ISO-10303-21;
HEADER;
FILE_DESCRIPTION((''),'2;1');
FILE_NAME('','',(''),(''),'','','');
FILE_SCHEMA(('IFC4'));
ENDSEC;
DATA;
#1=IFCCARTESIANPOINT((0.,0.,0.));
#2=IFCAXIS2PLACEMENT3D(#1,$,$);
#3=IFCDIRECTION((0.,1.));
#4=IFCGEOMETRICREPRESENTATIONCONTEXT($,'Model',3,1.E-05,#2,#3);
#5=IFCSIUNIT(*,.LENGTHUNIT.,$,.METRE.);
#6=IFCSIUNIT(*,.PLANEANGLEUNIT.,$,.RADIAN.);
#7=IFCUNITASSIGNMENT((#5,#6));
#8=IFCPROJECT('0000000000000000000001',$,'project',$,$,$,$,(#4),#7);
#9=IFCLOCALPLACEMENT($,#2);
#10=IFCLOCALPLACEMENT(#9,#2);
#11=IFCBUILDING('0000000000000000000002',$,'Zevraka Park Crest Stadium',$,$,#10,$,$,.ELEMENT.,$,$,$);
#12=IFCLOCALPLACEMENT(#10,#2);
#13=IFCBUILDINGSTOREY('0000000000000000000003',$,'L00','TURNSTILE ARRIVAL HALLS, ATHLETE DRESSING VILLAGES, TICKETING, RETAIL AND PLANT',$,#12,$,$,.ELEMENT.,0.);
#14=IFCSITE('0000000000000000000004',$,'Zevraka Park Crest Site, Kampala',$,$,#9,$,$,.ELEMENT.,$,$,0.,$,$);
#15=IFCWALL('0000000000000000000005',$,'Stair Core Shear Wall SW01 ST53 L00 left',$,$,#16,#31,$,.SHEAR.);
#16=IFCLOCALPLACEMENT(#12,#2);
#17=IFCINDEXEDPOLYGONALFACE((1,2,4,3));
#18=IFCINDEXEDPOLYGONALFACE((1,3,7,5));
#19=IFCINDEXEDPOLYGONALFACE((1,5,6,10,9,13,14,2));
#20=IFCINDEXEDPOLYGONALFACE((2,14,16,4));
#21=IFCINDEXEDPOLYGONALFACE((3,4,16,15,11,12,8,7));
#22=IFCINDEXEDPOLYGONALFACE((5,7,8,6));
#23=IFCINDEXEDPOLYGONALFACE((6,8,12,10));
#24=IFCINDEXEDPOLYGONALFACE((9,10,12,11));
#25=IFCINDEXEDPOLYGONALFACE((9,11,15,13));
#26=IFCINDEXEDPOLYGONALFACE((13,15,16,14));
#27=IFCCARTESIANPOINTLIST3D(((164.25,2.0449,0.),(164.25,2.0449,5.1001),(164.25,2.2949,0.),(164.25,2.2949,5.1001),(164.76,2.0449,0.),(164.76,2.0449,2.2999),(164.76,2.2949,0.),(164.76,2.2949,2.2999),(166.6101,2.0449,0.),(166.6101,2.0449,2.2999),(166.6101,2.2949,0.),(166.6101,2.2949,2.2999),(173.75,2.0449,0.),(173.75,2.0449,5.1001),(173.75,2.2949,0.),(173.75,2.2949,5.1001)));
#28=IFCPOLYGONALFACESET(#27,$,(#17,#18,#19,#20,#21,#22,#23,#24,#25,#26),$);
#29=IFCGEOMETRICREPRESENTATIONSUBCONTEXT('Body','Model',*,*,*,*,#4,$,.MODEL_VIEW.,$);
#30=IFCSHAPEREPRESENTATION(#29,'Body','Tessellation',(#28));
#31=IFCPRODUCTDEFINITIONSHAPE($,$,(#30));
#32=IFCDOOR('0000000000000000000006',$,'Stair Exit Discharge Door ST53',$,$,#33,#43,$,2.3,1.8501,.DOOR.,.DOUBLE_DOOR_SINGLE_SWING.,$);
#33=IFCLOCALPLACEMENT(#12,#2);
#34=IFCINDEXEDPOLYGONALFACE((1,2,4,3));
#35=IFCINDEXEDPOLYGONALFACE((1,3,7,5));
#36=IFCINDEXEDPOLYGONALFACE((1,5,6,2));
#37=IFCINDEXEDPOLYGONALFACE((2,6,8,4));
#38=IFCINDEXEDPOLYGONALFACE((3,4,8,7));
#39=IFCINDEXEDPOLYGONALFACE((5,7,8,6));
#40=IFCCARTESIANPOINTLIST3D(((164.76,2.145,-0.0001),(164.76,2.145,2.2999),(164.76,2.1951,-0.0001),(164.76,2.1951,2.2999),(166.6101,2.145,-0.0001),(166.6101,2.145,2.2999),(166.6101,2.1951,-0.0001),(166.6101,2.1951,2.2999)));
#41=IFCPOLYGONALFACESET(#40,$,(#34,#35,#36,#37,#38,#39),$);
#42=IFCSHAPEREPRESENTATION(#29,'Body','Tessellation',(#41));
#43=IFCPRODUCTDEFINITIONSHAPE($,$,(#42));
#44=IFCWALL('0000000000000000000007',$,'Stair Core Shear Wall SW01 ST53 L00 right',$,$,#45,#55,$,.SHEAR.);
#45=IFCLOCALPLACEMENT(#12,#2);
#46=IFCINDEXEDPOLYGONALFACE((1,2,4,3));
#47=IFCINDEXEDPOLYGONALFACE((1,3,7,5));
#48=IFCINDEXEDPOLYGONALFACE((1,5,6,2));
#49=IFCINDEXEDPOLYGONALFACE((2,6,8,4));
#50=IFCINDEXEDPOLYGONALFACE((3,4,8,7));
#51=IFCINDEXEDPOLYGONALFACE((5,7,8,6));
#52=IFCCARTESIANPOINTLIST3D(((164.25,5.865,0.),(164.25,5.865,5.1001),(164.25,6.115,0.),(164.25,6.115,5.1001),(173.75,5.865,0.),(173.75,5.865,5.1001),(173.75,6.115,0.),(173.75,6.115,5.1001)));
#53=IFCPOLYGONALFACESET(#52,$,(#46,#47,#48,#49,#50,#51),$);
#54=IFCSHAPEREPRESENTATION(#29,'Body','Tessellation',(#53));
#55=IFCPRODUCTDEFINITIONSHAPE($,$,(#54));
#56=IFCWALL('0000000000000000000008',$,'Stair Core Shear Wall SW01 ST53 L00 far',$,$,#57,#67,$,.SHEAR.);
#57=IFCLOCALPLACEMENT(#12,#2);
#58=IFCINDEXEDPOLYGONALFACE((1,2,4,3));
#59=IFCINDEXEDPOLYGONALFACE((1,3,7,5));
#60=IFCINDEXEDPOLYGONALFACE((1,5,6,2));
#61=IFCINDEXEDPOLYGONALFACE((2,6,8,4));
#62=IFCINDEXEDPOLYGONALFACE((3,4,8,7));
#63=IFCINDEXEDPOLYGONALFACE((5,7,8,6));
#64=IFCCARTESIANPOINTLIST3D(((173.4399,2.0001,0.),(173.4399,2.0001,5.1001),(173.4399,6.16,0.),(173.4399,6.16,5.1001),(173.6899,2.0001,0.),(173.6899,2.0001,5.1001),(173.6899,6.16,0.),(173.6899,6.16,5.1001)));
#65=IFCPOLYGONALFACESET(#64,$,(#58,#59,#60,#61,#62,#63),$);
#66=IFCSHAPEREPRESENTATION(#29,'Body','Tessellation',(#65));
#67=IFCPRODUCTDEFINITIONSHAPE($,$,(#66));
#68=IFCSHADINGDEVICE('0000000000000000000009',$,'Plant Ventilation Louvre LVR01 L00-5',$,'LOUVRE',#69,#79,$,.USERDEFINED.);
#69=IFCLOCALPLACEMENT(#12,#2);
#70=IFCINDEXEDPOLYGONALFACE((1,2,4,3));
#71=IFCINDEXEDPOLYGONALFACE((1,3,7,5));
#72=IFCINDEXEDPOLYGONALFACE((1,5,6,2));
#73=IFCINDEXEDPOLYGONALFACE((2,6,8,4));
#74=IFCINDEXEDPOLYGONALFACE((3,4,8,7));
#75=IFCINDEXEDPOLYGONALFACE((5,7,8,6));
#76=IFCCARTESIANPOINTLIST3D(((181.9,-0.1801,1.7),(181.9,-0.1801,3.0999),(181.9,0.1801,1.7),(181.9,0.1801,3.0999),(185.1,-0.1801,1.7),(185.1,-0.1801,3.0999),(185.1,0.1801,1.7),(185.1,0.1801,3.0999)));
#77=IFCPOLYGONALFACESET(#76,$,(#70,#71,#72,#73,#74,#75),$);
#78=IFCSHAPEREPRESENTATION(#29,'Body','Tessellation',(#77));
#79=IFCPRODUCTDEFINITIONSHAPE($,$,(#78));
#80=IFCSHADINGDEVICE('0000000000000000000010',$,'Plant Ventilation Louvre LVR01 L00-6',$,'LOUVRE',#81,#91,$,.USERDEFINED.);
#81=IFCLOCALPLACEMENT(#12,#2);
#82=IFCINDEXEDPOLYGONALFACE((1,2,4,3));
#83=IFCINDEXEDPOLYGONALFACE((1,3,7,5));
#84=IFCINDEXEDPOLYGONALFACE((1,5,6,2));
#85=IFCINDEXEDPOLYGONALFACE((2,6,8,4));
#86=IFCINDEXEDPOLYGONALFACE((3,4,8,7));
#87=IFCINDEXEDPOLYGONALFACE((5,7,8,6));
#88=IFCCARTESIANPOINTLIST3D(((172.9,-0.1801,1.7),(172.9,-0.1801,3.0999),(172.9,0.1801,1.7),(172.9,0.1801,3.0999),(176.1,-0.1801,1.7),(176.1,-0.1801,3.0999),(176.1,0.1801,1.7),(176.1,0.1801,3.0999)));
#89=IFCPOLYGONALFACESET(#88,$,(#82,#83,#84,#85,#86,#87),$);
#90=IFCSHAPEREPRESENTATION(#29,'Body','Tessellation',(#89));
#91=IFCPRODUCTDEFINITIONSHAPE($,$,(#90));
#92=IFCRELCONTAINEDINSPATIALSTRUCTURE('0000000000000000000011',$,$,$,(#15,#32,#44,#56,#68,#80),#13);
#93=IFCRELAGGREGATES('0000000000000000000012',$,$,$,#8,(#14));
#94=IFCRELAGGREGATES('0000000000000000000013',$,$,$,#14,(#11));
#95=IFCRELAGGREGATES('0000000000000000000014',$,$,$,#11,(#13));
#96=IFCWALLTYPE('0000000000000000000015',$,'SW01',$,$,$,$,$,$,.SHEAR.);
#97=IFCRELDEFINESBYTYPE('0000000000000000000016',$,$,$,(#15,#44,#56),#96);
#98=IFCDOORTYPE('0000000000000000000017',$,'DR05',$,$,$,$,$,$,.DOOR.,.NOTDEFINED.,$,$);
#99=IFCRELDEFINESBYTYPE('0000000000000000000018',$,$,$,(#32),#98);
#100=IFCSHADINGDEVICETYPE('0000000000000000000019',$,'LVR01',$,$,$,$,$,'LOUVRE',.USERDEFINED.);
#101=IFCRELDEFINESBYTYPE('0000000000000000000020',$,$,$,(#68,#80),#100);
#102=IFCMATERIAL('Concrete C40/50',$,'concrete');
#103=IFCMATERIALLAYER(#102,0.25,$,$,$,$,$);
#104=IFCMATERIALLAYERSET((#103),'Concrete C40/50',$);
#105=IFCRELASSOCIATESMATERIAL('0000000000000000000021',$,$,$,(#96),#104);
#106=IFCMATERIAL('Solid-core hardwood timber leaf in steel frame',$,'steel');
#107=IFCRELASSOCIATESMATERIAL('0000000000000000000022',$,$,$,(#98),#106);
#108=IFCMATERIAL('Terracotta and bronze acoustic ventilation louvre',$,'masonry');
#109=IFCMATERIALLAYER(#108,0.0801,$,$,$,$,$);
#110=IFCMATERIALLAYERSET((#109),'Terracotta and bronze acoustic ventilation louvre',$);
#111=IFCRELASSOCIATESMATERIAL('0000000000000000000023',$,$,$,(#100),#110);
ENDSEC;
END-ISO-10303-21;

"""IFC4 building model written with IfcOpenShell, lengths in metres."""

from ifc_helpers import new_model, si_unit, direction, frame, frame_2d, origin, origin_2d, place, context, subcontext, project, spatial, rectangle, extrude, material, layer, layer_set, type_object, element, fill, save


model = new_model("IFC4")

# Units and contexts
model_context = context("Model", 3, precision=1e-05, world=origin(), true_north=direction((0.0, 1.0)))
body_context = subcontext(model_context, "Body", "Model", "MODEL_VIEW")
ifc_project = project(units=[si_unit("LENGTHUNIT", "METRE"), si_unit("PLANEANGLEUNIT", "RADIAN")], contexts=[model_context])

# Site, building, storey
site_placement = place(None, origin())
site = spatial("IfcSite", under=ifc_project, at=site_placement, Name="Zevraka Park Crest Site, Kampala", CompositionType="ELEMENT", RefElevation=0.0)
building_placement = place(site_placement, origin())
building = spatial("IfcBuilding", under=site, at=building_placement, Name="Zevraka Park Crest Stadium", CompositionType="ELEMENT")
storey_placement = place(building_placement, origin())
storey = spatial("IfcBuildingStorey", under=building, at=storey_placement, Name="L00", Description="TURNSTILE ARRIVAL HALLS, ATHLETE DRESSING VILLAGES, TICKETING, RETAIL AND PLANT", CompositionType="ELEMENT", Elevation=0.0)

# Wall, opening, door
ifc_material_1 = material(Name="Concrete C40/50", Category="concrete")
ifc_layer_1 = layer(ifc_material_1, 0.25)
ifc_layer_set_1 = layer_set([ifc_layer_1], Name="Concrete C40/50")
wall_type_1 = type_object("IfcWallType", Name="SW01", PredefinedType="SHEAR", material=ifc_layer_set_1)
wall_1_placement = place(storey_placement, frame((173.75, 2.1699, 0.0), z_axis=(0.0, 0.0, 1.0), x_axis=(-1.0, 0.0, 0.0)))
wall_1 = element("IfcWall", 1, at=wall_1_placement, inside=storey, type_object=wall_type_1, Name="Stair Core Shear Wall SW01 ST53 L00 left", PredefinedType="SHEAR", context=body_context, shape_type="SweptSolid", body=[
    extrude(rectangle(XDim=9.5, YDim=0.25, at=frame_2d((4.75, 0.0))), origin(), (0.0, 0.0, 1.0), 5.1001),
])
opening_1_placement = place(wall_1_placement, frame((7.1399, 0.0, 0.0)))
opening_1 = element("IfcOpeningElement", 2, at=opening_1_placement, cuts=wall_1, PredefinedType="OPENING", context=body_context, shape_type="SweptSolid", body=[
    extrude(rectangle(XDim=1.8501, YDim=2.3, at=frame_2d((0.925, 1.1499))), frame((0.0, 0.135, 0.0), z_axis=(0.0, -1.0, 0.0), x_axis=(1.0, 0.0, 0.0)), (0.0, 0.0, 1.0), 0.27),
])
ifc_material_2 = material(Name="Solid-core hardwood timber leaf in steel frame", Category="steel")
door_type = type_object("IfcDoorType", Name="DR05", OperationType="NOTDEFINED", PredefinedType="DOOR", material=ifc_material_2)
door_placement = place(opening_1_placement, origin())
door = element("IfcDoor", 3, at=door_placement, inside=storey, type_object=door_type, Name="Stair Exit Discharge Door ST53", OperationType="DOUBLE_DOOR_SINGLE_SWING", OverallHeight=2.3, OverallWidth=1.8501, PredefinedType="DOOR", context=body_context, shape_type="SweptSolid", body=[
    extrude(rectangle(XDim=1.8501, YDim=2.3, at=frame_2d((0.925, 1.1499))), frame((0.0, 0.0249, 0.0), z_axis=(0.0, -1.0, 0.0), x_axis=(1.0, 0.0, 0.0)), (0.0, 0.0, 1.0), 0.05),
])
fill(opening_1, door)

# Walls
wall_2_placement = place(storey_placement, frame((173.75, 5.99, 0.0), z_axis=(0.0, 0.0, 1.0), x_axis=(-1.0, 0.0, 0.0)))
element("IfcWall", 4, at=wall_2_placement, inside=storey, type_object=wall_type_1, Name="Stair Core Shear Wall SW01 ST53 L00 right", PredefinedType="SHEAR", context=body_context, shape_type="SweptSolid", body=[
    extrude(rectangle(XDim=9.5, YDim=0.25, at=frame_2d((4.75, 0.0))), origin(), (0.0, 0.0, 1.0), 5.1001),
])
wall_3_placement = place(storey_placement, frame((173.5649, 2.0, 0.0), z_axis=(0.0, 0.0, 1.0), x_axis=(0.0, 1.0, 0.0)))
element("IfcWall", 5, at=wall_3_placement, inside=storey, type_object=wall_type_1, Name="Stair Core Shear Wall SW01 ST53 L00 far", PredefinedType="SHEAR", context=body_context, shape_type="SweptSolid", body=[
    extrude(rectangle(XDim=4.1599, YDim=0.25, at=frame_2d((2.0801, 0.0))), origin(), (0.0, 0.0, 1.0), 5.1001),
])

# Shading devices
ifc_material_3 = material(Name="Terracotta and bronze acoustic ventilation louvre", Category="masonry")
ifc_layer_2 = layer(ifc_material_3, 0.0801)
ifc_layer_set_2 = layer_set([ifc_layer_2], Name="Terracotta and bronze acoustic ventilation louvre")
shading_device_type = type_object("IfcShadingDeviceType", Name="LVR01", ElementType="LOUVRE", PredefinedType="USERDEFINED", material=ifc_layer_set_2)
for number, where, z_axis, x_axis, name in (
    (6, (183.5, 0.0, 1.7), (0.0, 0.0, 1.0), (-1.0, 0.0, 0.0), "Plant Ventilation Louvre LVR01 L00-5"),
    (7, (174.5, 0.0, 1.7), (0.0, 0.0, 1.0), (-1.0, 0.0, 0.0), "Plant Ventilation Louvre LVR01 L00-6"),
):
    element("IfcShadingDevice", number, at=place(storey_placement, frame(where, z_axis=z_axis, x_axis=x_axis)), inside=storey, type_object=shading_device_type, Name=name, ObjectType="LOUVRE", PredefinedType="USERDEFINED", context=body_context, shape_type="SweptSolid", body=[
        extrude(rectangle(XDim=3.2, YDim=0.3601, at=origin_2d()), origin(), (0.0, 0.0, 1.0), 1.3999),
    ])

save(model, "model.ifc")
